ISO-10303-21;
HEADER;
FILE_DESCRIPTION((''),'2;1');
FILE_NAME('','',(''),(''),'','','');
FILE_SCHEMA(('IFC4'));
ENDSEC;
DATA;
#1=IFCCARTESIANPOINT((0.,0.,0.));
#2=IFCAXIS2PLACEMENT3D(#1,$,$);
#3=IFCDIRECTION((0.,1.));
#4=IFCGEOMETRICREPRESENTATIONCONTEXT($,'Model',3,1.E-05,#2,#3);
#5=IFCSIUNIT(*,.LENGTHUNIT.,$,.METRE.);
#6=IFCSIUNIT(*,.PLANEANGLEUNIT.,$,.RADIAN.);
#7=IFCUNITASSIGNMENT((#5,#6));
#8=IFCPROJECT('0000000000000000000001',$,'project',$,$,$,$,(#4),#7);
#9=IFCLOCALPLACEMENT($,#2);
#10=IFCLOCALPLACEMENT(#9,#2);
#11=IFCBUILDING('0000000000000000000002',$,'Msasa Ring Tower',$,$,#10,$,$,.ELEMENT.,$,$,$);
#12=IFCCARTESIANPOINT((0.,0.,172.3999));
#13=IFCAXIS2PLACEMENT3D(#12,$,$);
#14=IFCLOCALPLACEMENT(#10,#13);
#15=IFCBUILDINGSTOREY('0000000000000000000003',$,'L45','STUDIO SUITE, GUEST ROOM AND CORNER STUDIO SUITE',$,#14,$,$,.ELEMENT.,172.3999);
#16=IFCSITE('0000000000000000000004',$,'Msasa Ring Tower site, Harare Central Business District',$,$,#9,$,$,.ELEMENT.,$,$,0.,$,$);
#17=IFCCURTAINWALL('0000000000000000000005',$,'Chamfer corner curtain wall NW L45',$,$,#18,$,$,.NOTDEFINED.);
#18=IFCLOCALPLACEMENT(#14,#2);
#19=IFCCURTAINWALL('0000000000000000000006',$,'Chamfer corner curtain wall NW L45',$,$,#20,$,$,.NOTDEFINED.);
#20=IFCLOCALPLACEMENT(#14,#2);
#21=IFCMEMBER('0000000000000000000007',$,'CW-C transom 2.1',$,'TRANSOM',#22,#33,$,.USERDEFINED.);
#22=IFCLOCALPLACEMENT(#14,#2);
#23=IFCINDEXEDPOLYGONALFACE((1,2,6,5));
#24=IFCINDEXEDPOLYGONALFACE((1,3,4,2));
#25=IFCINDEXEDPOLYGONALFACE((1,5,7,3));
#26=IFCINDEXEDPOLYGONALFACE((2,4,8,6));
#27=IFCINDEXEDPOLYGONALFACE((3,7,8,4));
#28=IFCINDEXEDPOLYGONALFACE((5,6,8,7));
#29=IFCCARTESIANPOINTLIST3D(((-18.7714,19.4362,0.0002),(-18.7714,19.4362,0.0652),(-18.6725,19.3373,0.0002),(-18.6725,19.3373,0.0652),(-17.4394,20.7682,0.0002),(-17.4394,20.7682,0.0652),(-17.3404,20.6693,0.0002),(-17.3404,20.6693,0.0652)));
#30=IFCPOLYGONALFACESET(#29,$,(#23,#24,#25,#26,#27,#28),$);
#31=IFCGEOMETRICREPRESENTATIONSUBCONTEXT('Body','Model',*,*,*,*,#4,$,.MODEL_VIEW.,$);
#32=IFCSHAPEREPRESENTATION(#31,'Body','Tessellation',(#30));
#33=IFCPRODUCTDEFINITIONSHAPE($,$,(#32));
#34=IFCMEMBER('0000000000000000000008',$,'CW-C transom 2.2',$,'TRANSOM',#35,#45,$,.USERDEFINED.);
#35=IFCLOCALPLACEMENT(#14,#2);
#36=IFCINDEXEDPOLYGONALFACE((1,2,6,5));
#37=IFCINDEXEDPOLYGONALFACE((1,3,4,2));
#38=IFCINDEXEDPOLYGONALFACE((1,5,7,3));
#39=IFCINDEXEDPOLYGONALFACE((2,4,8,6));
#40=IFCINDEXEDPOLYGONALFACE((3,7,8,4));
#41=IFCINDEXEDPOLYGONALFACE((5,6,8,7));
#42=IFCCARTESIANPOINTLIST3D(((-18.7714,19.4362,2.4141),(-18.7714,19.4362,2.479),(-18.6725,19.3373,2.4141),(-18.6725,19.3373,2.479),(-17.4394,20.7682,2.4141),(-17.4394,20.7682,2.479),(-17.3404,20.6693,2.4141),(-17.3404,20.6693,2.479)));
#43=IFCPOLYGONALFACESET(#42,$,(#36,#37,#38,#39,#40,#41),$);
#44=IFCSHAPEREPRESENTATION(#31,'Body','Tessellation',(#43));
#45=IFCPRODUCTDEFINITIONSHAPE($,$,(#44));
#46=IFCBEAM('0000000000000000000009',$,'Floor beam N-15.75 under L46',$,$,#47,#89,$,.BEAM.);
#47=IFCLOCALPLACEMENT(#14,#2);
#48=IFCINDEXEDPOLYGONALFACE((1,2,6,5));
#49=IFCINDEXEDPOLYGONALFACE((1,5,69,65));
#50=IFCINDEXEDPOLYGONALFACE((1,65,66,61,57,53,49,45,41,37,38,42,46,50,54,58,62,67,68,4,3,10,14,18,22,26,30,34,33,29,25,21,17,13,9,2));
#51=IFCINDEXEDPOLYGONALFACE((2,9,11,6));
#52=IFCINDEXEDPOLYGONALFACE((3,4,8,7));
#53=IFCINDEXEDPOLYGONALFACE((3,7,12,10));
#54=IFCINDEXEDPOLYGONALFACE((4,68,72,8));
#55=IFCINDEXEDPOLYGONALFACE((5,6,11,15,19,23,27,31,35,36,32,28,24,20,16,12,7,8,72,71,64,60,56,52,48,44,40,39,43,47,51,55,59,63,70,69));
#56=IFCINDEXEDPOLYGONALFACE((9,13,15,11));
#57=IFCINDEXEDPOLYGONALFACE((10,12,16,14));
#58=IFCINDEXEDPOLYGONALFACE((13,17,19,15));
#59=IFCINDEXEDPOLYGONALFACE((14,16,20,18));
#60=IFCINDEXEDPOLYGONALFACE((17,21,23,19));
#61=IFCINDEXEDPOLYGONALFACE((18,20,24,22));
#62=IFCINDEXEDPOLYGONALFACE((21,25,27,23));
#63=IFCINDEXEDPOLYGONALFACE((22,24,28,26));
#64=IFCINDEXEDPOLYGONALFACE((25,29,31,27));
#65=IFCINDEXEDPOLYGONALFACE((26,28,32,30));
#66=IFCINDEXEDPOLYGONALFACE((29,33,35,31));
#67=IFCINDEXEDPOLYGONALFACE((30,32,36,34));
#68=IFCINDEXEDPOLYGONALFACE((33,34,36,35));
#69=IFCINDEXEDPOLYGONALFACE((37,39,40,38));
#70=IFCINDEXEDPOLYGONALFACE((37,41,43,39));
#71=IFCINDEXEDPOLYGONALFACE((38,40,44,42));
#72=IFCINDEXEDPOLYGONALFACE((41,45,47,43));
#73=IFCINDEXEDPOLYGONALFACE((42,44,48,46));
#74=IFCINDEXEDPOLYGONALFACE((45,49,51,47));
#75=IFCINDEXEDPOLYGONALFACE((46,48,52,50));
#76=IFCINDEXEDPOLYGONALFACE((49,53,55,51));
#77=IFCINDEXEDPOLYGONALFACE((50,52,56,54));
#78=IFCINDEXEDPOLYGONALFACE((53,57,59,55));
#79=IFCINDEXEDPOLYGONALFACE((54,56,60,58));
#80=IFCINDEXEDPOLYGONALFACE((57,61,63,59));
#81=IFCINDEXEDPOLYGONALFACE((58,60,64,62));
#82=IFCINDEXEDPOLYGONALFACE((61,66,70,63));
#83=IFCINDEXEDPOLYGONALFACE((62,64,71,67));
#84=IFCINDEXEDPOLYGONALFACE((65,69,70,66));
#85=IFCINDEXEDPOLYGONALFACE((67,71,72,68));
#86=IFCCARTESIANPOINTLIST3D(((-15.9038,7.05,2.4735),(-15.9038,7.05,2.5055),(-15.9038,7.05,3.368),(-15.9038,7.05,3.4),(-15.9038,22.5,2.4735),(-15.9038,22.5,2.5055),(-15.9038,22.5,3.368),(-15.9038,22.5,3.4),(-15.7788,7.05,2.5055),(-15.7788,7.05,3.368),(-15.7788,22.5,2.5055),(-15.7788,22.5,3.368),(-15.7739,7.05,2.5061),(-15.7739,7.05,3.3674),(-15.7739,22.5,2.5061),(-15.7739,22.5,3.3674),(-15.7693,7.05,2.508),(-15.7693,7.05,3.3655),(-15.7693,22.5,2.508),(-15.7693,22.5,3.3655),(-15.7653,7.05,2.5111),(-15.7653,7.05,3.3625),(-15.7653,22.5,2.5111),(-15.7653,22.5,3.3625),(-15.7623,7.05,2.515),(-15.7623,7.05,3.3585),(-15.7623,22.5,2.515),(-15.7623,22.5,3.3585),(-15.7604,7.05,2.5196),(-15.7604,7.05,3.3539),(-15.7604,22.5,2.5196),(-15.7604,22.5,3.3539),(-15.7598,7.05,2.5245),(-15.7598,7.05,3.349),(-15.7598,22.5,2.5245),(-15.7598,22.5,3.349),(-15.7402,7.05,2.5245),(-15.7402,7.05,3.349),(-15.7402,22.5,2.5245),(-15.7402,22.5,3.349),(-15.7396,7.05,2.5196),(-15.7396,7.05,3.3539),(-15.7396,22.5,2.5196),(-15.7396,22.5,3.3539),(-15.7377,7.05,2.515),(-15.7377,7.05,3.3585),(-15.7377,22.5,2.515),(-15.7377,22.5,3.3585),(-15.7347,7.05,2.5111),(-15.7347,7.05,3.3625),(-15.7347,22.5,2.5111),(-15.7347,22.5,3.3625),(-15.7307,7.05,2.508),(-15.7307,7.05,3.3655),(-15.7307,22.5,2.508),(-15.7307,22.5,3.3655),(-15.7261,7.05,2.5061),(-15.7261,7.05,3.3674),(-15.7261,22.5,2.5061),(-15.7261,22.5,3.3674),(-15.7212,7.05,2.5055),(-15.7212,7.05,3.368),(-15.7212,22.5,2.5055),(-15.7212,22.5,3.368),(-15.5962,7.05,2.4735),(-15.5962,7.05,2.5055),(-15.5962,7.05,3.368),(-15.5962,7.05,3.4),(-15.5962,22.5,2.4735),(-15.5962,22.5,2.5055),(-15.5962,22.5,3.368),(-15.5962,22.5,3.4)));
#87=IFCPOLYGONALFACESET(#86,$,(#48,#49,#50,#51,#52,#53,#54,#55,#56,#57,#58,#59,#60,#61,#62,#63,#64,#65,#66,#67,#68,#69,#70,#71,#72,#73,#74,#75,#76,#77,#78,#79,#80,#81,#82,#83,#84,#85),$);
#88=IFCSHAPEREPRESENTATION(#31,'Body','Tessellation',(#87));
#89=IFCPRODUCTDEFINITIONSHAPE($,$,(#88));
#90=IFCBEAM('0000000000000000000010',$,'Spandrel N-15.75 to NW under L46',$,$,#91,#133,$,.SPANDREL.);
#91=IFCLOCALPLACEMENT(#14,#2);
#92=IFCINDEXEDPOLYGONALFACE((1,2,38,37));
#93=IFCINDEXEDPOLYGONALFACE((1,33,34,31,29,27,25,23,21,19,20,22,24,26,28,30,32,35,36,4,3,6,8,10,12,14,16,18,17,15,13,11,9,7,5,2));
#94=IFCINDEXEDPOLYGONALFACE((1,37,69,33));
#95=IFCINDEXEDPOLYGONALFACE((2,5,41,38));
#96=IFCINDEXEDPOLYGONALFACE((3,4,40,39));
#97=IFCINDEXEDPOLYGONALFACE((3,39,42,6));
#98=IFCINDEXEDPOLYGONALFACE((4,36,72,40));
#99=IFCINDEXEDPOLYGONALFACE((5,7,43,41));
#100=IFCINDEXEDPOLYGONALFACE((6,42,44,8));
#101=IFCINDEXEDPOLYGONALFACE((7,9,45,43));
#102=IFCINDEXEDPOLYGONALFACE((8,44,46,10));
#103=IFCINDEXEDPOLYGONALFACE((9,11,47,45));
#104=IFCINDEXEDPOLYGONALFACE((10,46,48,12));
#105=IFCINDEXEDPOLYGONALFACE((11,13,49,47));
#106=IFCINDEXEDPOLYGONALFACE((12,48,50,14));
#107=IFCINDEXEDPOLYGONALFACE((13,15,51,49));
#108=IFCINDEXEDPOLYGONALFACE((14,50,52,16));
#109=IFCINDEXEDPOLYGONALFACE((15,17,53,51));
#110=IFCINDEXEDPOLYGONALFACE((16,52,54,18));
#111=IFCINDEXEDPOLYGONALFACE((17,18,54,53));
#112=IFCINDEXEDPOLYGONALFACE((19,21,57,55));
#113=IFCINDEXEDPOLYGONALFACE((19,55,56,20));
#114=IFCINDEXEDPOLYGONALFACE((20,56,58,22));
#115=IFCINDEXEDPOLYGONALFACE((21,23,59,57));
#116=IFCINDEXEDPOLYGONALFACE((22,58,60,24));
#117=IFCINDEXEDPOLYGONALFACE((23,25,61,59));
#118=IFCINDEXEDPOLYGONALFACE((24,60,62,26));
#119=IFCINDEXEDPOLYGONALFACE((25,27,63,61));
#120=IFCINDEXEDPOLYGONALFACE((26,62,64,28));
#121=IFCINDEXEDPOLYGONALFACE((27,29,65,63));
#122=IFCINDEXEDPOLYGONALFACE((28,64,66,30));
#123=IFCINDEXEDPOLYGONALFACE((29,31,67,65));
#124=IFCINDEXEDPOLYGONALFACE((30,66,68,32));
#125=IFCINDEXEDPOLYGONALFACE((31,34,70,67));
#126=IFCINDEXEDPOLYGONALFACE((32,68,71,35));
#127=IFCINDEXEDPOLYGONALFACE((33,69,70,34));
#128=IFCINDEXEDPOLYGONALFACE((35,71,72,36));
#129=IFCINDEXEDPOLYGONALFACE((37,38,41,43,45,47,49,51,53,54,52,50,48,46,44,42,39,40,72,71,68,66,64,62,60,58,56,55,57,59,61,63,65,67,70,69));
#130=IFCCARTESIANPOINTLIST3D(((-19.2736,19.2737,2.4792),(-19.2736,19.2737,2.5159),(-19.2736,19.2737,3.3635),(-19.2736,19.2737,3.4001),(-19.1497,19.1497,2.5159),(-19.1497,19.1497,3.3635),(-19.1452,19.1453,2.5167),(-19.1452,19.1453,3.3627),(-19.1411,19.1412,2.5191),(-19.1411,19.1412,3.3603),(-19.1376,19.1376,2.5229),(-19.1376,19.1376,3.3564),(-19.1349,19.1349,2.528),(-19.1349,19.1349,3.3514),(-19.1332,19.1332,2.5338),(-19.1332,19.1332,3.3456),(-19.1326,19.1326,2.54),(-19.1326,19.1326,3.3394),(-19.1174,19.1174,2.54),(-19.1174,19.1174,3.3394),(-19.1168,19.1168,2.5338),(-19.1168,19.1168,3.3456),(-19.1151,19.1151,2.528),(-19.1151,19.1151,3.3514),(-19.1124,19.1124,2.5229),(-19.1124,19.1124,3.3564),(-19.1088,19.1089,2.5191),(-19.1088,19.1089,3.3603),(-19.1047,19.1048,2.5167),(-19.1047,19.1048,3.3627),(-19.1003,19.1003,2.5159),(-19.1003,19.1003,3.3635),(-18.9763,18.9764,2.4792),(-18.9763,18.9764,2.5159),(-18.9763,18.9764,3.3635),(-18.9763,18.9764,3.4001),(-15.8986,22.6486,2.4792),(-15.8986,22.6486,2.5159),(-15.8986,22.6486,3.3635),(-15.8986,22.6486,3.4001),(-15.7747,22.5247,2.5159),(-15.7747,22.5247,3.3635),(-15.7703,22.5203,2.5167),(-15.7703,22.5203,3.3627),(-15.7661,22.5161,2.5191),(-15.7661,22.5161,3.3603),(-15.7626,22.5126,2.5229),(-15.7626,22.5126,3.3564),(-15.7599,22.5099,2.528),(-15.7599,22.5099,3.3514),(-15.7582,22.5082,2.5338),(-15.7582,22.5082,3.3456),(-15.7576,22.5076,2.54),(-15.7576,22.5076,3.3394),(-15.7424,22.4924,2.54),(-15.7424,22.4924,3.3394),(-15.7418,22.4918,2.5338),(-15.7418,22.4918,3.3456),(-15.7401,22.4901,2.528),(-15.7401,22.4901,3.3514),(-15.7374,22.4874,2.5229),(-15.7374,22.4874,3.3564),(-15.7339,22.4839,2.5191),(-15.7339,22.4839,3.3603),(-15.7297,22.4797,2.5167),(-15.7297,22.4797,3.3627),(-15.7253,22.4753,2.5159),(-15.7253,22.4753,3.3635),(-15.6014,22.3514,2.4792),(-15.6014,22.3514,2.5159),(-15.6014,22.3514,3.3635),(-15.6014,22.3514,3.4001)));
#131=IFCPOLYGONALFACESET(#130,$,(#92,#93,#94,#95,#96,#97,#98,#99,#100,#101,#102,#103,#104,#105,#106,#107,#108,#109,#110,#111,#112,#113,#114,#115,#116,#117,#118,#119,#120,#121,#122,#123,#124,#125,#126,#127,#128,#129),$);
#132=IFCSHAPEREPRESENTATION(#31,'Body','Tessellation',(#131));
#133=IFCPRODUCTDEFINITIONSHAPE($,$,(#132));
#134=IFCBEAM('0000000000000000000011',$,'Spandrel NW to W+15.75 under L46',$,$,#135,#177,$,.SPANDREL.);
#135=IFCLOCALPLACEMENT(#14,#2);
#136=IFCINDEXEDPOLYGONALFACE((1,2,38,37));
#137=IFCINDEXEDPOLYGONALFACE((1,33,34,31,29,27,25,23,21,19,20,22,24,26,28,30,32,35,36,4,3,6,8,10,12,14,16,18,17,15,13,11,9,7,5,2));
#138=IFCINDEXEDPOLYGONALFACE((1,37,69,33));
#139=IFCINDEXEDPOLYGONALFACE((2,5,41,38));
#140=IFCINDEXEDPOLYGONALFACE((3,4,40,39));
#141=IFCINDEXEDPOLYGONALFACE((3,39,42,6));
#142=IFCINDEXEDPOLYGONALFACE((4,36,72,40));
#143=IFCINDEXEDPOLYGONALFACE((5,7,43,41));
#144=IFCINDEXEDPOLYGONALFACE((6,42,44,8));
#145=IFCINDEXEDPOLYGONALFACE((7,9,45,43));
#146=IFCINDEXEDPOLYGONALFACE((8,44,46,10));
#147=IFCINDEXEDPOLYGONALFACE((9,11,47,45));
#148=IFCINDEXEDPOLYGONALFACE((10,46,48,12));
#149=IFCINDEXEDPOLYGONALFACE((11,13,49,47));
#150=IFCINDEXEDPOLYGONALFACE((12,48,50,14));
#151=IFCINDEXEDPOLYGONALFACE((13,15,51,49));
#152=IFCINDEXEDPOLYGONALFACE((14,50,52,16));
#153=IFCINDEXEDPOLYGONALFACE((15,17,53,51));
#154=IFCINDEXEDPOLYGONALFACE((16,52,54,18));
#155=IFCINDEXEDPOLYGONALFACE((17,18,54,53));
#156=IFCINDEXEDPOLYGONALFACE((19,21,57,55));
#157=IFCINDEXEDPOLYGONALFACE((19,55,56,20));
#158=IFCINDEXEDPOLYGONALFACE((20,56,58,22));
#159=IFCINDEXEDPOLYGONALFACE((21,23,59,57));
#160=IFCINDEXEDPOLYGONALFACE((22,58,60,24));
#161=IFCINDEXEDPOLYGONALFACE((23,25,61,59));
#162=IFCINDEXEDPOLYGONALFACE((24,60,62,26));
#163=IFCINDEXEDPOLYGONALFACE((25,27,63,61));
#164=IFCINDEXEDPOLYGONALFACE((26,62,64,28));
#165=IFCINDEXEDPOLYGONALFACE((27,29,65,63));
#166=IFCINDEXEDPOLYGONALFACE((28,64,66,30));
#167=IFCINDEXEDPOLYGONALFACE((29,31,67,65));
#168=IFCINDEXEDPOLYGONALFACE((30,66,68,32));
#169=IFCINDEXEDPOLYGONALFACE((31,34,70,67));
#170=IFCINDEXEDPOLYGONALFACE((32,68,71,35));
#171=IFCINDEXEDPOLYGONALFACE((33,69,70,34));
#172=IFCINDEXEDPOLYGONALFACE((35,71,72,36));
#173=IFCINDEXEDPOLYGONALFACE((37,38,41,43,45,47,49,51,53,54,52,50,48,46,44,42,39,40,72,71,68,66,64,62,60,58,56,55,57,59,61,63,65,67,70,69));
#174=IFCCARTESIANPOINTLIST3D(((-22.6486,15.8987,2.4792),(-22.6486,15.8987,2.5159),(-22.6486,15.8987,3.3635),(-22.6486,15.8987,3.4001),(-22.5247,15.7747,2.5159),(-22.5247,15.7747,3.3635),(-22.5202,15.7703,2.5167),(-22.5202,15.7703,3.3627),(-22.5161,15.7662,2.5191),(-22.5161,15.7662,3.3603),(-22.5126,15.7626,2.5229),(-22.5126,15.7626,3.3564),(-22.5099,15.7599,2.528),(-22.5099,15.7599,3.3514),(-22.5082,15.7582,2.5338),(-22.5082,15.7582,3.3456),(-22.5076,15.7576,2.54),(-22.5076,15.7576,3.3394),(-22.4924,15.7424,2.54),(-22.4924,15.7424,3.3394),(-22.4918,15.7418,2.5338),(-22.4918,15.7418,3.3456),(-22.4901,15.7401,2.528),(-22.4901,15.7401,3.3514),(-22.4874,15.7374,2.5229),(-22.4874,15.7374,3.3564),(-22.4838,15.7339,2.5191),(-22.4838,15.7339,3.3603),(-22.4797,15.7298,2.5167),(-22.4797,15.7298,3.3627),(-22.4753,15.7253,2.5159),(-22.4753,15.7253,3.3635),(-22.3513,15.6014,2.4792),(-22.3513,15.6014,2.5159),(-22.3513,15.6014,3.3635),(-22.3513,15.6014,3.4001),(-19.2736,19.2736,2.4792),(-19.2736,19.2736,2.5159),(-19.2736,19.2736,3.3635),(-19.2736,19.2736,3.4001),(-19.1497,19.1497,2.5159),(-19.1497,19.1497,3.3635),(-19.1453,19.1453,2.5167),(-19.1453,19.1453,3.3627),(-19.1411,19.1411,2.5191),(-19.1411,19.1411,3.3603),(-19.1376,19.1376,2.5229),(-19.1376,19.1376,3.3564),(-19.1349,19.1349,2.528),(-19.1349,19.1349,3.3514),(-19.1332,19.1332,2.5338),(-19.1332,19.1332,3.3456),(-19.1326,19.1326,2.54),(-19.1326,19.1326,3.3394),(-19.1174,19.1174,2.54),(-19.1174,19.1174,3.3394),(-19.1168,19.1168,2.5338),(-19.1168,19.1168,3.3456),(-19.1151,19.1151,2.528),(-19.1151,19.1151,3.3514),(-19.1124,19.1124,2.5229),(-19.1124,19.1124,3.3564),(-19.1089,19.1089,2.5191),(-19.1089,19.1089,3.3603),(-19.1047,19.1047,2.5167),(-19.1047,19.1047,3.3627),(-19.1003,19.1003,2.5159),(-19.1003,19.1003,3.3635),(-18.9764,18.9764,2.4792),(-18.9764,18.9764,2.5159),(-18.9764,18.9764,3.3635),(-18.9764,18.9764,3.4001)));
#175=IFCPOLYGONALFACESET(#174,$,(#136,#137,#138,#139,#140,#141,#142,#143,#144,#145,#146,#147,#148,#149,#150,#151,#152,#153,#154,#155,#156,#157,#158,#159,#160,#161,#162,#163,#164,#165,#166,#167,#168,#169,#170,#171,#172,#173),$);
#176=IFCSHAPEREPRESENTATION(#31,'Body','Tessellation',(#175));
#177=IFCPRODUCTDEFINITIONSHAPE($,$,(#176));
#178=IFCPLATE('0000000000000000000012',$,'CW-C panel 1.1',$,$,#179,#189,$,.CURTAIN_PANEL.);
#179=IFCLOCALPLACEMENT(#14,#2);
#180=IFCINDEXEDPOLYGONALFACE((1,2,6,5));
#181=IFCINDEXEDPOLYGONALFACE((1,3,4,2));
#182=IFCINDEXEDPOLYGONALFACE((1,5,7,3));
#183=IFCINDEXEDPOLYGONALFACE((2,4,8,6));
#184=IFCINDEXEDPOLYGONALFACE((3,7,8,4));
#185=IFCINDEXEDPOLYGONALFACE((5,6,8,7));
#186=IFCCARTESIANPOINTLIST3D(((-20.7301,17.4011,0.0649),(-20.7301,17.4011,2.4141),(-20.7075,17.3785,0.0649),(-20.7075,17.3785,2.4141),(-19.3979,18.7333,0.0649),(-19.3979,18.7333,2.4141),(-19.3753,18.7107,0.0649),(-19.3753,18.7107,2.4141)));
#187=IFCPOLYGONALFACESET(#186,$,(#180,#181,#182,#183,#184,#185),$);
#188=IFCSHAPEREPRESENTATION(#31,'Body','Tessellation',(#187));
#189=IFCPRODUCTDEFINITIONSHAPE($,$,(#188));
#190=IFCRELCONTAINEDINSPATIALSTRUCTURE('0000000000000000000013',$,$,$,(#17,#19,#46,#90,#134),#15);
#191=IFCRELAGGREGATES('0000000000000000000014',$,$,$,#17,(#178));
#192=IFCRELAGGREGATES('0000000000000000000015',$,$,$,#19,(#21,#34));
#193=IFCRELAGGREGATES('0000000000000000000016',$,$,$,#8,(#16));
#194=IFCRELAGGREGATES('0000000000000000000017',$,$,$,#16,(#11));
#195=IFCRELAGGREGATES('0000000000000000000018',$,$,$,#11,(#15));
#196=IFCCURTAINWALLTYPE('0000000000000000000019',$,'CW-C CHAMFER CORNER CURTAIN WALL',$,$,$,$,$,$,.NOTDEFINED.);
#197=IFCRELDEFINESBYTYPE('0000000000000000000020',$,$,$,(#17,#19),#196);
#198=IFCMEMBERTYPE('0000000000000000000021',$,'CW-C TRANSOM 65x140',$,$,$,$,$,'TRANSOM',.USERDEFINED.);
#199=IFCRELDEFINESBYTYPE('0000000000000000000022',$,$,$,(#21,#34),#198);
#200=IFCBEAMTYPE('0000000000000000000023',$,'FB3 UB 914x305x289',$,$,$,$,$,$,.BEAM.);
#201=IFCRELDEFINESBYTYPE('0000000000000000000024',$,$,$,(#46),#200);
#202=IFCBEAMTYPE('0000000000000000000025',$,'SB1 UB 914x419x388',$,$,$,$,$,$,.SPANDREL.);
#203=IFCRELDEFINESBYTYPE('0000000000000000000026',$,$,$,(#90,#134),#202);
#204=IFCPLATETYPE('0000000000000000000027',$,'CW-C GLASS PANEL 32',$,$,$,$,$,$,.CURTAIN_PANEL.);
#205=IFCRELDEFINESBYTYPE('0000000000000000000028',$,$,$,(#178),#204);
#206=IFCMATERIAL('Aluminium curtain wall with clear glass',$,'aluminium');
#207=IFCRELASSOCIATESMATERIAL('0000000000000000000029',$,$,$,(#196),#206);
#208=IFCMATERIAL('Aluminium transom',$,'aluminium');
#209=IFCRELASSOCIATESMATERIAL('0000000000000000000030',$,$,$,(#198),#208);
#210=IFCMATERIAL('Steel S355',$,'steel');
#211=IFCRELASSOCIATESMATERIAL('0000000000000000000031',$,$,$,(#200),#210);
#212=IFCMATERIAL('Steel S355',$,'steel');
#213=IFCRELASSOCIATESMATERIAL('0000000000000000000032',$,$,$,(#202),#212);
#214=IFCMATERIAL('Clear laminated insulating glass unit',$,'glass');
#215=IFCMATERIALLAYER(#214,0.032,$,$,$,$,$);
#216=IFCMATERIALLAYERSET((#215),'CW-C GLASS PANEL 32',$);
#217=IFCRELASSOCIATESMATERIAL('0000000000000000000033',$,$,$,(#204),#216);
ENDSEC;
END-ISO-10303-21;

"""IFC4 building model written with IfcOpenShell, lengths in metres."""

from ifc_helpers import new_model, si_unit, direction, frame, origin, origin_2d, place, context, subcontext, project, spatial, rectangle, i_section, extrude, material, layer, layer_set, material_profile, profile_set, type_object, element, aggregate, save


model = new_model("IFC4")

# Units and contexts
model_context = context("Model", 3, precision=1e-05, world=origin(), true_north=direction((0.0, 1.0)))
body_context = subcontext(model_context, "Body", "Model", "MODEL_VIEW")
ifc_project = project(units=[si_unit("LENGTHUNIT", "METRE"), si_unit("PLANEANGLEUNIT", "RADIAN")], contexts=[model_context])

# Site, building, storey
site_placement = place(None, origin())
site = spatial("IfcSite", under=ifc_project, at=site_placement, Name="Msasa Ring Tower site, Harare Central Business District", CompositionType="ELEMENT", RefElevation=0.0)
building_placement = place(site_placement, origin())
building = spatial("IfcBuilding", under=site, at=building_placement, Name="Msasa Ring Tower", CompositionType="ELEMENT")
storey_placement = place(building_placement, frame((0.0, 0.0, 172.3999)))
storey = spatial("IfcBuildingStorey", under=building, at=storey_placement, Name="L45", Description="STUDIO SUITE, GUEST ROOM AND CORNER STUDIO SUITE", CompositionType="ELEMENT", Elevation=172.3999)

# Curtain walls
ifc_material_1 = material(Name="Aluminium curtain wall with clear glass", Category="aluminium")
curtain_wall_type = type_object("IfcCurtainWallType", Name="CW-C CHAMFER CORNER CURTAIN WALL", PredefinedType="NOTDEFINED", material=ifc_material_1)
curtain_wall_1_placement = place(storey_placement, origin())
curtain_wall_1 = element("IfcCurtainWall", 1, at=curtain_wall_1_placement, inside=storey, type_object=curtain_wall_type, Name="Chamfer corner curtain wall NW L45", PredefinedType="NOTDEFINED")
curtain_wall_2_placement = place(storey_placement, origin())
curtain_wall_2 = element("IfcCurtainWall", 2, at=curtain_wall_2_placement, inside=storey, type_object=curtain_wall_type, Name="Chamfer corner curtain wall NW L45", PredefinedType="NOTDEFINED")

# Members
ifc_material_2 = material(Name="Aluminium transom", Category="aluminium")
ifc_material_profile_1 = material_profile(ifc_material_2, rectangle(XDim=0.1399, YDim=0.0649, at=origin_2d()), Name="AL 65x140")
ifc_profile_set_1 = profile_set([ifc_material_profile_1], Name="Aluminium transom")
member_type_1 = type_object("IfcMemberType", Name="CW-C TRANSOM 65x140", ElementType="TRANSOM", PredefinedType="USERDEFINED", material=ifc_profile_set_1)
member_1_placement = place(storey_placement, frame((-17.3899, 20.7188, 0.0327), z_axis=(-0.707107, -0.707107, 0.0), x_axis=(0.707107, -0.707107, 0.0)))
member_1 = element("IfcMember", 3, at=member_1_placement, type_object=member_type_1, Name="CW-C transom 2.1", ObjectType="TRANSOM", PredefinedType="USERDEFINED", context=body_context, shape_type="SweptSolid", body=[
    extrude(rectangle(XDim=0.1399, YDim=0.0649, at=origin_2d()), origin(), (0.0, 0.0, 1.0), 1.8838),
])
member_2_placement = place(storey_placement, frame((-17.3899, 20.7188, 2.4465), z_axis=(-0.707107, -0.707107, 0.0), x_axis=(0.707107, -0.707107, 0.0)))
member_2 = element("IfcMember", 4, at=member_2_placement, type_object=member_type_1, Name="CW-C transom 2.2", ObjectType="TRANSOM", PredefinedType="USERDEFINED", context=body_context, shape_type="SweptSolid", body=[
    extrude(rectangle(XDim=0.1399, YDim=0.0649, at=origin_2d()), origin(), (0.0, 0.0, 1.0), 1.8838),
])

# Beams
ifc_material_3 = material(Name="Steel S355", Category="steel")
ifc_material_profile_2 = material_profile(ifc_material_3, i_section(OverallWidth=0.3076, OverallDepth=0.9265, WebThickness=0.0195, FlangeThickness=0.032, FilletRadius=0.019, at=origin_2d()), Name="UB 914x305x289")
ifc_profile_set_2 = profile_set([ifc_material_profile_2], Name="Steel S355")
beam_type_1 = type_object("IfcBeamType", Name="FB3 UB 914x305x289", PredefinedType="BEAM", material=ifc_profile_set_2)
beam_placement = place(storey_placement, frame((-15.75, 22.5, 2.9368), z_axis=(0.0, -1.0, 0.0), x_axis=(1.0, 0.0, 0.0)))
element("IfcBeam", 5, at=beam_placement, inside=storey, type_object=beam_type_1, Name="Floor beam N-15.75 under L46", PredefinedType="BEAM", context=body_context, shape_type="SweptSolid", body=[
    extrude(i_section(OverallWidth=0.3076, OverallDepth=0.9265, WebThickness=0.0195, FlangeThickness=0.032, FilletRadius=0.019, at=origin_2d()), origin(), (0.0, 0.0, 1.0), 15.45),
])
ifc_material_4 = material(Name="Steel S355", Category="steel")
ifc_material_profile_3 = material_profile(ifc_material_4, i_section(OverallWidth=0.4204, OverallDepth=0.9209, WebThickness=0.0215, FlangeThickness=0.0366, FilletRadius=0.0242, at=origin_2d()), Name="UB 914x419x388")
ifc_profile_set_3 = profile_set([ifc_material_profile_3], Name="Steel S355")
beam_type_2 = type_object("IfcBeamType", Name="SB1 UB 914x419x388", PredefinedType="SPANDREL", material=ifc_profile_set_3)
for number, where, z_axis, x_axis, name in (
    (6, (-15.75, 22.5, 2.9397), (-0.707107, -0.707107, 0.0), (0.707107, -0.707107, 0.0), "Spandrel N-15.75 to NW under L46"),
    (7, (-19.125, 19.125, 2.9397), (-0.707107, -0.707107, 0.0), (0.707107, -0.707107, 0.0), "Spandrel NW to W+15.75 under L46"),
):
    element("IfcBeam", number, at=place(storey_placement, frame(where, z_axis=z_axis, x_axis=x_axis)), inside=storey, type_object=beam_type_2, Name=name, PredefinedType="SPANDREL", context=body_context, shape_type="SweptSolid", body=[
        extrude(i_section(OverallWidth=0.4204, OverallDepth=0.9209, WebThickness=0.0215, FlangeThickness=0.0366, FilletRadius=0.0242, at=origin_2d()), origin(), (0.0, 0.0, 1.0), 4.7729),
    ])

# Plate
ifc_material_5 = material(Name="Clear laminated insulating glass unit", Category="glass")
ifc_layer_1 = layer(ifc_material_5, 0.032)
ifc_layer_set_1 = layer_set([ifc_layer_1], Name="CW-C GLASS PANEL 32")
plate_type = type_object("IfcPlateType", Name="CW-C GLASS PANEL 32", PredefinedType="CURTAIN_PANEL", material=ifc_layer_set_1)
plate_1_placement = place(storey_placement, frame((-20.0527, 18.0559, 0.0649), z_axis=(0.0, 0.0, 1.0), x_axis=(-0.707107, -0.707107, 0.0)))
plate_1 = element("IfcPlate", 8, at=plate_1_placement, type_object=plate_type, Name="CW-C panel 1.1", PredefinedType="CURTAIN_PANEL", context=body_context, shape_type="SweptSolid", body=[
    extrude(rectangle(XDim=1.884, YDim=0.032, at=origin_2d()), origin(), (0.0, 0.0, 1.0), 2.3491),
])
aggregate(curtain_wall_1, [plate_1])
aggregate(curtain_wall_2, [member_1, member_2])

save(model, "model.ifc")
